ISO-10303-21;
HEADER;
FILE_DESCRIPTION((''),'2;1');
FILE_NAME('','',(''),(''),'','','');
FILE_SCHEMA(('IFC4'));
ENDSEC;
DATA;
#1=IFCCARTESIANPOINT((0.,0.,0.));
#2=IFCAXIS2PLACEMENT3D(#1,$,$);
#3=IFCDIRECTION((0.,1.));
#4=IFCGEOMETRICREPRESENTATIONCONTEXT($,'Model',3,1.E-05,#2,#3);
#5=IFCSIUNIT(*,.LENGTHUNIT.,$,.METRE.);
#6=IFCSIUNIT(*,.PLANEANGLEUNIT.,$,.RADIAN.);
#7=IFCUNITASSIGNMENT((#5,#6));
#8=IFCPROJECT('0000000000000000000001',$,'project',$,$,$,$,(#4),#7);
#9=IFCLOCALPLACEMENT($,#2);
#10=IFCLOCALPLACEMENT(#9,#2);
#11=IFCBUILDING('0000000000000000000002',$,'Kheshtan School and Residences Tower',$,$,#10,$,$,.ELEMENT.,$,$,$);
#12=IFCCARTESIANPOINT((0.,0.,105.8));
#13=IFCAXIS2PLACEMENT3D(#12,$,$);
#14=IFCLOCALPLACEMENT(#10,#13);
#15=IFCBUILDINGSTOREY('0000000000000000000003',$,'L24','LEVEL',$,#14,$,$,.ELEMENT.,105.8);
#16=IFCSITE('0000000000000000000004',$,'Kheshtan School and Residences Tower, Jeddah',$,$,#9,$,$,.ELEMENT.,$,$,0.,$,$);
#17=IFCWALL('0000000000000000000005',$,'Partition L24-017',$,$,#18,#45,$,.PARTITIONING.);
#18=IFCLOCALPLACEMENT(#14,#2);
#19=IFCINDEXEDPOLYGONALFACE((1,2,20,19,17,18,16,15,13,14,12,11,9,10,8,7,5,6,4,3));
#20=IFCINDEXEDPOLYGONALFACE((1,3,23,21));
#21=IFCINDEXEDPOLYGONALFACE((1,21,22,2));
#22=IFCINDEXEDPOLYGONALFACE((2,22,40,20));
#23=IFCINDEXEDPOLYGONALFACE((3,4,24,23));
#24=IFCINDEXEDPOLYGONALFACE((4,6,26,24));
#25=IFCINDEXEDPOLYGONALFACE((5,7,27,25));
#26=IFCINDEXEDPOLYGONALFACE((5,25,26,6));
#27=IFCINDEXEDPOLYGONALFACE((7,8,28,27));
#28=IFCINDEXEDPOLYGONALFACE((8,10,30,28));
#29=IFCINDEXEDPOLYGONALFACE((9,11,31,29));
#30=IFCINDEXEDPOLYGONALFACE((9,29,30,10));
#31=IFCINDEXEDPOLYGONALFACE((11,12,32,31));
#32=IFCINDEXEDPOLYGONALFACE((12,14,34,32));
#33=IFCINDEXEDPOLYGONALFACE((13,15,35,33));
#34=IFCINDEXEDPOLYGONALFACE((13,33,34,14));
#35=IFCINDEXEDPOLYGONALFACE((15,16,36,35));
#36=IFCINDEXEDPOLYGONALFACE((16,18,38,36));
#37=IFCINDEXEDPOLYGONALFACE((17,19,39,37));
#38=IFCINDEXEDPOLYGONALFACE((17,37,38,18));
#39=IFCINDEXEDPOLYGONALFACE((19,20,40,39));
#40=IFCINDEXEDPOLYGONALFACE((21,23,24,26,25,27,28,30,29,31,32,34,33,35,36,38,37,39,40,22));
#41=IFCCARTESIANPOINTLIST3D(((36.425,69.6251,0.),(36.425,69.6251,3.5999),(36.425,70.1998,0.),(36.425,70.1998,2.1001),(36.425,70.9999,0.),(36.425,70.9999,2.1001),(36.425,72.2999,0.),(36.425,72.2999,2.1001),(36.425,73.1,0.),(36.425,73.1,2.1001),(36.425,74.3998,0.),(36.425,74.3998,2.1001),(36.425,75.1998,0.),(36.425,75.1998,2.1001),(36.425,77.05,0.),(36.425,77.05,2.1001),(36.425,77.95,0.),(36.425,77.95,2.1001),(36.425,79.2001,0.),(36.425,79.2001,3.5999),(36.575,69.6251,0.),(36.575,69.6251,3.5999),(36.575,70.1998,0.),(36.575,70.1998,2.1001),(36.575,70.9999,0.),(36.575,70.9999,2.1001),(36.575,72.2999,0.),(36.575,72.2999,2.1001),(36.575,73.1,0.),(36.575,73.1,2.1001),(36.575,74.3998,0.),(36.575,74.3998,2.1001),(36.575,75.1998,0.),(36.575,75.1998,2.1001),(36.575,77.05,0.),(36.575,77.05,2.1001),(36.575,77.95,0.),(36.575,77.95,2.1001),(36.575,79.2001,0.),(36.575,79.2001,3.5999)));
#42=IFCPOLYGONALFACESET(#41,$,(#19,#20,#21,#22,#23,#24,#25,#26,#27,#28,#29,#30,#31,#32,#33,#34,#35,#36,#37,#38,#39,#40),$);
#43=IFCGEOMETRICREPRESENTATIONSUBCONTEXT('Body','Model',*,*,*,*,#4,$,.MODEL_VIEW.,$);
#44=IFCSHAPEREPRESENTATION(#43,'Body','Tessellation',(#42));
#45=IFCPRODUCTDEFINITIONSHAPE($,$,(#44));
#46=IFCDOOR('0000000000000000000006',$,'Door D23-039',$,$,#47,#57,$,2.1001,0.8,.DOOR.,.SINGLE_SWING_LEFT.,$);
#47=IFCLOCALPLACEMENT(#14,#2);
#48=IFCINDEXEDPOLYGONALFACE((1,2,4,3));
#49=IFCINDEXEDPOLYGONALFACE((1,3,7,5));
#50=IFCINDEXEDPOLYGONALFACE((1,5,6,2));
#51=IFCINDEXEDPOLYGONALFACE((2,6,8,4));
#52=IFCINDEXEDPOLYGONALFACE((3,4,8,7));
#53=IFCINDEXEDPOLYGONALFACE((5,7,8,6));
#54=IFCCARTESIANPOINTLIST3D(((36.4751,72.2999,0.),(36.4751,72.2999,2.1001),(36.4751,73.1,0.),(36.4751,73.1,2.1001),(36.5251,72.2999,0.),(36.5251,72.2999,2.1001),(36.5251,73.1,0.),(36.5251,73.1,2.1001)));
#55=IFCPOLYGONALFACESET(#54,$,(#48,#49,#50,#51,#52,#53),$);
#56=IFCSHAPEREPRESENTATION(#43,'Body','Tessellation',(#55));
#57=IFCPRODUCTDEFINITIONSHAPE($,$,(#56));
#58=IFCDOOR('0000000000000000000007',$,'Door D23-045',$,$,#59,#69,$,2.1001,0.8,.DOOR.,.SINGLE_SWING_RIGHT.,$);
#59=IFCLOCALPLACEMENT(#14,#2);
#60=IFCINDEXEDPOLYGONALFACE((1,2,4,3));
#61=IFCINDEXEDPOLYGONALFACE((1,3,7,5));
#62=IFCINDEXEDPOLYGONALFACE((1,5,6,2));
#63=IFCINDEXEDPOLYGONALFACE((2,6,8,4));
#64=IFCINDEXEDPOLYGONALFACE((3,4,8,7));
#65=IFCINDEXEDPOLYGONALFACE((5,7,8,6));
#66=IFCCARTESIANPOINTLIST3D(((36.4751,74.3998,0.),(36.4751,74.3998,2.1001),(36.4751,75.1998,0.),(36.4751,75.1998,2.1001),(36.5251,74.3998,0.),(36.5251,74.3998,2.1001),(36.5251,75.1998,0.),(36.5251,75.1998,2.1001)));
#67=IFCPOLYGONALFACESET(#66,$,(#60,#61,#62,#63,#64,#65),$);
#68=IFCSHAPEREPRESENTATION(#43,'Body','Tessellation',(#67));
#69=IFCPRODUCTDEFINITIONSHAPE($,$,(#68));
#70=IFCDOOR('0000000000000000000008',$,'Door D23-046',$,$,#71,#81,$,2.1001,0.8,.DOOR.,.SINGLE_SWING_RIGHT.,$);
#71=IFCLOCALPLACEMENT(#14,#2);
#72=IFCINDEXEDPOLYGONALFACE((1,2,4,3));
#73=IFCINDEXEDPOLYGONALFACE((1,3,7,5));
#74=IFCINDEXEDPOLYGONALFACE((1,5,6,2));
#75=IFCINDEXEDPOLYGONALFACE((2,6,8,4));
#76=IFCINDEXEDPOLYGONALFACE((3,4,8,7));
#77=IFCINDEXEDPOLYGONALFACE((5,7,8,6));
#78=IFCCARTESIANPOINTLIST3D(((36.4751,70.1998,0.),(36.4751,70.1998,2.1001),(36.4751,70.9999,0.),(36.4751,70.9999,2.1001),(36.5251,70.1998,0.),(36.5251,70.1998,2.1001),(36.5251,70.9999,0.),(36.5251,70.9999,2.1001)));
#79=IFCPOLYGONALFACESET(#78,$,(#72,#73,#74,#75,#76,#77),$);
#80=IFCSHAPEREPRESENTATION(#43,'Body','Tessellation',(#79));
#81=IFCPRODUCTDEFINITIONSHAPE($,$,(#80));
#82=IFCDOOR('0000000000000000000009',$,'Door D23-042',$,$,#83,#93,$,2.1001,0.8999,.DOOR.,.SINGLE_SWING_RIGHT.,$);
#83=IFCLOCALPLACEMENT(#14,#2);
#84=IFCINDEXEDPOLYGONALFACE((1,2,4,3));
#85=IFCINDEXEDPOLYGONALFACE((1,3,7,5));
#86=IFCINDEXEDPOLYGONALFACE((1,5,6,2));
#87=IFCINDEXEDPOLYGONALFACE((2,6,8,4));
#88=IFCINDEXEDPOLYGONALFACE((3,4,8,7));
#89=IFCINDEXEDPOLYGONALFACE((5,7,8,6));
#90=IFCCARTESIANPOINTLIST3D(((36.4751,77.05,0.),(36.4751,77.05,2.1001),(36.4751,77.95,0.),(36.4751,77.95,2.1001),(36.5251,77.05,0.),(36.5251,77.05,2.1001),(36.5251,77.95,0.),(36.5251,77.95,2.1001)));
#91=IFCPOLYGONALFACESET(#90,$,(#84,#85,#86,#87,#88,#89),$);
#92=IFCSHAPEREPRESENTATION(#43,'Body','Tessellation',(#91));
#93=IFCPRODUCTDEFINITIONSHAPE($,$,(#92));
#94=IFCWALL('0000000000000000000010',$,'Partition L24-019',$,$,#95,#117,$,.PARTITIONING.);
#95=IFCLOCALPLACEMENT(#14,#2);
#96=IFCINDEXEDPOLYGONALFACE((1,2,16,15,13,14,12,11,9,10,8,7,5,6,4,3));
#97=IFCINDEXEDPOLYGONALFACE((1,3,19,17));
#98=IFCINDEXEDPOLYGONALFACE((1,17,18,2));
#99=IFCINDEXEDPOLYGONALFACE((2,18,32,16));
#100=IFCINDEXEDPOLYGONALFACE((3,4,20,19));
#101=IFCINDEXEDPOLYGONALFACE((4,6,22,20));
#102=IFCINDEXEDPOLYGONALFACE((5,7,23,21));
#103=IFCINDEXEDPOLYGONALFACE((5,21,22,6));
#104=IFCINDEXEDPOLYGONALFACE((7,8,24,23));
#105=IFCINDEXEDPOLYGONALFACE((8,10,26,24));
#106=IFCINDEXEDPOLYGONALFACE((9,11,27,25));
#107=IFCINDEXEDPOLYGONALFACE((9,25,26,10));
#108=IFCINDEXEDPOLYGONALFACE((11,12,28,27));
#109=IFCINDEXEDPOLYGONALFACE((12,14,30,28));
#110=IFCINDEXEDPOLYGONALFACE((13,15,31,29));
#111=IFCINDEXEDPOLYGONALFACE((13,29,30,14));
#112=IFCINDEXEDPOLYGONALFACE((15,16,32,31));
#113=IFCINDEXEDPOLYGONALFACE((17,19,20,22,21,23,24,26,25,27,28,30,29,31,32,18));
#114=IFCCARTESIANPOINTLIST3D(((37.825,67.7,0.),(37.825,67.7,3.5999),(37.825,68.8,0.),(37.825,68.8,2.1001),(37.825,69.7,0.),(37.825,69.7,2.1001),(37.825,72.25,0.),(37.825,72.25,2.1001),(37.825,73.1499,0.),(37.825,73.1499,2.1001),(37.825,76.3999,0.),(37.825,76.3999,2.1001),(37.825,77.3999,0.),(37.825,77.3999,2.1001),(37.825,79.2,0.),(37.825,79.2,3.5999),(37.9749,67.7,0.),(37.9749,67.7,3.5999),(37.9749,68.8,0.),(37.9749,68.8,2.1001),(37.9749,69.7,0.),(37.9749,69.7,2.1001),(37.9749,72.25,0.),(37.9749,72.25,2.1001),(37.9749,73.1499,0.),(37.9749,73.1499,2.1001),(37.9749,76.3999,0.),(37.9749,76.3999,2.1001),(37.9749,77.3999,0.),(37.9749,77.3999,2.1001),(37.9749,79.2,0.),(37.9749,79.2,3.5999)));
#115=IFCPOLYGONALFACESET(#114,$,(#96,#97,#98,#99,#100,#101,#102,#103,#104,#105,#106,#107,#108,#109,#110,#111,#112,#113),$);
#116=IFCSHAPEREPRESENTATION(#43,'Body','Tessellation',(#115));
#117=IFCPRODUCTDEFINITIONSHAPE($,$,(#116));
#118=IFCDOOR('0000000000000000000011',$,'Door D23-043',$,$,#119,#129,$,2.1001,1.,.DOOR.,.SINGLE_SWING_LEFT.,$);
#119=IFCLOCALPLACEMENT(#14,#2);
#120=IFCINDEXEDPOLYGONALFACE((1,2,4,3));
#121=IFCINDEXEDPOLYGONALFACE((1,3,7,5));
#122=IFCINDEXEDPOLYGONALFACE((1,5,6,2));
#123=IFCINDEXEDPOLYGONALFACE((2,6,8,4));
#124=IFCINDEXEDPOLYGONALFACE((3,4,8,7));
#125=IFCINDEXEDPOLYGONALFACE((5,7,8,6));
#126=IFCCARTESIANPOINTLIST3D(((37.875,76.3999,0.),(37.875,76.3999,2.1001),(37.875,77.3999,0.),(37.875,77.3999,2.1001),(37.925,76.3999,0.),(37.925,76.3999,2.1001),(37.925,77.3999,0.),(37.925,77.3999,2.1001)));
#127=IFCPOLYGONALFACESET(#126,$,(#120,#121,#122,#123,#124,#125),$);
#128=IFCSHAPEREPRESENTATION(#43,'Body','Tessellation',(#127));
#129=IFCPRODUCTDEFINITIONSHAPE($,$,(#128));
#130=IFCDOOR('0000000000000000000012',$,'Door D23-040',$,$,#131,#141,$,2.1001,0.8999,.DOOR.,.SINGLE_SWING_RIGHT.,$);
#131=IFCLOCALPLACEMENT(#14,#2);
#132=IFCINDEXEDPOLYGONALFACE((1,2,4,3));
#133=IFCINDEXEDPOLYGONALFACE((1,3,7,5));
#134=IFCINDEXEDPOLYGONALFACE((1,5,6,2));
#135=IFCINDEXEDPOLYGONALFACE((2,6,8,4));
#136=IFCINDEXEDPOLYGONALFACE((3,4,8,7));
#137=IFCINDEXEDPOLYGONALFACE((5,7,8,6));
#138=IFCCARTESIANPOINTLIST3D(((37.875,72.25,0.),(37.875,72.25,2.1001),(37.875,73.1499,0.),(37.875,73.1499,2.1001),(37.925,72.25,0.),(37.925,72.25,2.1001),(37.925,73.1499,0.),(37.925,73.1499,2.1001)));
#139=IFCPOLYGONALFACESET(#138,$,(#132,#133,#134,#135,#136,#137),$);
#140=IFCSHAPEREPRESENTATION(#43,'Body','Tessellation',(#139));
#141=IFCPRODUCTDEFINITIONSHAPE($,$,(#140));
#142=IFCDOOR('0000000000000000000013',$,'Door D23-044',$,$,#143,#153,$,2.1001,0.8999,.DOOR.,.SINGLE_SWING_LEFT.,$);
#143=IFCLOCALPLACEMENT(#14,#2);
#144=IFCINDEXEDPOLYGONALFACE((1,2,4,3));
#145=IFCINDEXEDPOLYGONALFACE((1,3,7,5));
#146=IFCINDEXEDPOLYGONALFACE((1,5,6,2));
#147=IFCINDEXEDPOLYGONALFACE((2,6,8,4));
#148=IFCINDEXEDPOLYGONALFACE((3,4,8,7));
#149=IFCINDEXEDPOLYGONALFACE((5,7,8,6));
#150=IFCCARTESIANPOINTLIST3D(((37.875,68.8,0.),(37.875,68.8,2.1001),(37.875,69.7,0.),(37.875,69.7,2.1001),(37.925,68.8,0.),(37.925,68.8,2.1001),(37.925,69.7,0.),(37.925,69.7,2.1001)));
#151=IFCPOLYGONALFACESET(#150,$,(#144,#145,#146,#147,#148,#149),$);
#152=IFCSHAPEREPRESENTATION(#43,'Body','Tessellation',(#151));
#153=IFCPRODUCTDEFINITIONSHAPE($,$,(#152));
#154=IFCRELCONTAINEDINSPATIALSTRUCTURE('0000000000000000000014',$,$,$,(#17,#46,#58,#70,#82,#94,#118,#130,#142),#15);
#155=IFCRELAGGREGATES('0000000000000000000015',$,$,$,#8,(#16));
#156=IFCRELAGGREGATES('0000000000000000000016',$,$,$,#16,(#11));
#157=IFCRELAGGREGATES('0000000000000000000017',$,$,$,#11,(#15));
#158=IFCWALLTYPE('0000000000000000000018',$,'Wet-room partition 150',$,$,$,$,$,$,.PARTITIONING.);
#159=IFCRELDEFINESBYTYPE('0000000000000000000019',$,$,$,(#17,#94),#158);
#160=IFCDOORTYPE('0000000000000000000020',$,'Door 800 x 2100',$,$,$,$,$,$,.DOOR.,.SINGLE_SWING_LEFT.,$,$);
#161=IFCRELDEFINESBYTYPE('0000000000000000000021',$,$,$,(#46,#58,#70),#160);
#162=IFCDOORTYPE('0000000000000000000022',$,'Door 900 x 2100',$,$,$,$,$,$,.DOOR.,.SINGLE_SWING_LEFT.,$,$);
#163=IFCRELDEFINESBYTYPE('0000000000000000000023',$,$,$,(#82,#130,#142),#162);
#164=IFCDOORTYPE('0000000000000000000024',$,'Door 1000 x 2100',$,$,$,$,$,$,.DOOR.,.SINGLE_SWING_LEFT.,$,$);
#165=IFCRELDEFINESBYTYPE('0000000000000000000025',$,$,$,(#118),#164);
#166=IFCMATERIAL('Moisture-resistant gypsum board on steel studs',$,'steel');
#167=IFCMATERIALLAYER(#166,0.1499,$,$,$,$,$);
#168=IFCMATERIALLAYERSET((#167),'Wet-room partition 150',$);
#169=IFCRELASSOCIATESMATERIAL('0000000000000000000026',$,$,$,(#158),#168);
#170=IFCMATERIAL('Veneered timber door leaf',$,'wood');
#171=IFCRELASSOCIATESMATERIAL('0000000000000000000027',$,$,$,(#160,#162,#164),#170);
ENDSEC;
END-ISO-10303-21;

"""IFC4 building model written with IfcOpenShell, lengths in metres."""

from ifc_helpers import new_model, si_unit, direction, frame, frame_2d, origin, place, context, subcontext, project, spatial, rectangle, extrude, source, transform, mapped, material, layer, layer_set, type_object, element, fill, save


model = new_model("IFC4")

# Units and contexts
model_context = context("Model", 3, precision=1e-05, world=origin(), true_north=direction((0.0, 1.0)))
body_context = subcontext(model_context, "Body", "Model", "MODEL_VIEW")
ifc_project = project(units=[si_unit("LENGTHUNIT", "METRE"), si_unit("PLANEANGLEUNIT", "RADIAN")], contexts=[model_context])

# Site, building, storey
site_placement = place(None, origin())
site = spatial("IfcSite", under=ifc_project, at=site_placement, Name="Kheshtan School and Residences Tower, Jeddah", CompositionType="ELEMENT", RefElevation=0.0)
building_placement = place(site_placement, origin())
building = spatial("IfcBuilding", under=site, at=building_placement, Name="Kheshtan School and Residences Tower", CompositionType="ELEMENT")
storey_placement = place(building_placement, frame((0.0, 0.0, 105.8)))
storey = spatial("IfcBuildingStorey", under=building, at=storey_placement, Name="L24", Description="LEVEL", CompositionType="ELEMENT", Elevation=105.8)

# Shared definitions
ifc_material_1 = material(Name="Moisture-resistant gypsum board on steel studs", Category="steel")
ifc_layer_1 = layer(ifc_material_1, 0.1499)
ifc_layer_set_1 = layer_set([ifc_layer_1], Name="Wet-room partition 150")
wall_type_1 = type_object("IfcWallType", Name="Wet-room partition 150", PredefinedType="PARTITIONING", material=ifc_layer_set_1)

# Walls, openings, doors
wall_1_placement = place(storey_placement, frame((36.5, 69.625, 0.0), z_axis=(0.0, 0.0, 1.0), x_axis=(0.0, 1.0, 0.0)))
wall_1 = element("IfcWall", 1, at=wall_1_placement, inside=storey, type_object=wall_type_1, Name="Partition L24-017", PredefinedType="PARTITIONING", context=body_context, shape_type="SweptSolid", body=[
    extrude(rectangle(XDim=9.575, YDim=0.1499, at=frame_2d((4.7876, 0.0))), origin(), (0.0, 0.0, 1.0), 3.5999),
])
opening_1_placement = place(wall_1_placement, frame((2.675, 0.0, 0.0)))
opening_1 = element("IfcOpeningElement", 2, at=opening_1_placement, cuts=wall_1, PredefinedType="OPENING", context=body_context, shape_type="SweptSolid", body=[
    extrude(rectangle(XDim=0.8, YDim=2.1001, at=frame_2d((0.3999, 1.05))), frame((0.0, 0.085, 0.0), z_axis=(0.0, -1.0, 0.0), x_axis=(1.0, 0.0, 0.0)), (0.0, 0.0, 1.0), 0.1699),
])
opening_2_placement = place(wall_1_placement, frame((7.425, 0.0, 0.0)))
opening_2 = element("IfcOpeningElement", 3, at=opening_2_placement, cuts=wall_1, PredefinedType="OPENING", context=body_context, shape_type="SweptSolid", body=[
    extrude(rectangle(XDim=0.8999, YDim=2.1001, at=frame_2d((0.45, 1.05))), frame((0.0, 0.085, 0.0), z_axis=(0.0, -1.0, 0.0), x_axis=(1.0, 0.0, 0.0)), (0.0, 0.0, 1.0), 0.1699),
])
opening_3_placement = place(wall_1_placement, frame((4.7749, 0.0, 0.0)))
opening_3 = element("IfcOpeningElement", 4, at=opening_3_placement, cuts=wall_1, PredefinedType="OPENING", context=body_context, shape_type="SweptSolid", body=[
    extrude(rectangle(XDim=0.8, YDim=2.1001, at=frame_2d((0.3999, 1.05))), frame((0.0, 0.085, 0.0), z_axis=(0.0, -1.0, 0.0), x_axis=(1.0, 0.0, 0.0)), (0.0, 0.0, 1.0), 0.1699),
])
opening_4_placement = place(wall_1_placement, frame((0.575, 0.0, 0.0)))
opening_4 = element("IfcOpeningElement", 5, at=opening_4_placement, cuts=wall_1, PredefinedType="OPENING", context=body_context, shape_type="SweptSolid", body=[
    extrude(rectangle(XDim=0.8, YDim=2.1001, at=frame_2d((0.3999, 1.05))), frame((0.0, 0.085, 0.0), z_axis=(0.0, -1.0, 0.0), x_axis=(1.0, 0.0, 0.0)), (0.0, 0.0, 1.0), 0.1699),
])
ifc_material_2 = material(Name="Veneered timber door leaf", Category="wood")
door_type_1 = type_object("IfcDoorType", Name="Door 800 x 2100", OperationType="SINGLE_SWING_LEFT", PredefinedType="DOOR", material=ifc_material_2)
shared_shape_1 = source(origin(), body_context, "Body", "SweptSolid", [
    extrude(rectangle(XDim=0.8, YDim=2.1001, at=frame_2d((0.3999, 1.05))), frame((0.0, 0.0249, 0.0), z_axis=(0.0, -1.0, 0.0), x_axis=(1.0, 0.0, 0.0)), (0.0, 0.0, 1.0), 0.05),
])
door_1_placement = place(opening_1_placement, origin())
door_1 = element("IfcDoor", 6, at=door_1_placement, inside=storey, type_object=door_type_1, Name="Door D23-039", OperationType="SINGLE_SWING_LEFT", OverallHeight=2.1001, OverallWidth=0.8, PredefinedType="DOOR", context=body_context, shape_type="MappedRepresentation", body=[
    mapped(shared_shape_1, transform((0.0, 0.0, 0.0), x_axis=(1.0, 0.0, 0.0), y_axis=(0.0, 1.0, 0.0), z_axis=(0.0, 0.0, 1.0), scale=1.0)),
])
fill(opening_1, door_1)
door_2_placement = place(opening_3_placement, origin())
door_2 = element("IfcDoor", 7, at=door_2_placement, inside=storey, type_object=door_type_1, Name="Door D23-045", OperationType="SINGLE_SWING_RIGHT", OverallHeight=2.1001, OverallWidth=0.8, PredefinedType="DOOR", context=body_context, shape_type="MappedRepresentation", body=[
    mapped(shared_shape_1, transform((0.0, 0.0, 0.0), x_axis=(1.0, 0.0, 0.0), y_axis=(0.0, 1.0, 0.0), z_axis=(0.0, 0.0, 1.0), scale=1.0)),
])
fill(opening_3, door_2)
door_3_placement = place(opening_4_placement, origin())
door_3 = element("IfcDoor", 8, at=door_3_placement, inside=storey, type_object=door_type_1, Name="Door D23-046", OperationType="SINGLE_SWING_RIGHT", OverallHeight=2.1001, OverallWidth=0.8, PredefinedType="DOOR", context=body_context, shape_type="MappedRepresentation", body=[
    mapped(shared_shape_1, transform((0.0, 0.0, 0.0), x_axis=(1.0, 0.0, 0.0), y_axis=(0.0, 1.0, 0.0), z_axis=(0.0, 0.0, 1.0), scale=1.0)),
])
fill(opening_4, door_3)
door_type_2 = type_object("IfcDoorType", Name="Door 900 x 2100", OperationType="SINGLE_SWING_LEFT", PredefinedType="DOOR", material=ifc_material_2)
shared_shape_2 = source(origin(), body_context, "Body", "SweptSolid", [
    extrude(rectangle(XDim=0.8999, YDim=2.1001, at=frame_2d((0.45, 1.05))), frame((0.0, 0.0249, 0.0), z_axis=(0.0, -1.0, 0.0), x_axis=(1.0, 0.0, 0.0)), (0.0, 0.0, 1.0), 0.05),
])
door_4_placement = place(opening_2_placement, origin())
door_4 = element("IfcDoor", 9, at=door_4_placement, inside=storey, type_object=door_type_2, Name="Door D23-042", OperationType="SINGLE_SWING_RIGHT", OverallHeight=2.1001, OverallWidth=0.8999, PredefinedType="DOOR", context=body_context, shape_type="MappedRepresentation", body=[
    mapped(shared_shape_2, transform((0.0, 0.0, 0.0), x_axis=(1.0, 0.0, 0.0), y_axis=(0.0, 1.0, 0.0), z_axis=(0.0, 0.0, 1.0), scale=1.0)),
])
fill(opening_2, door_4)
wall_2_placement = place(storey_placement, frame((37.8999, 67.7, 0.0), z_axis=(0.0, 0.0, 1.0), x_axis=(0.0, 1.0, 0.0)))
wall_2 = element("IfcWall", 10, at=wall_2_placement, inside=storey, type_object=wall_type_1, Name="Partition L24-019", PredefinedType="PARTITIONING", context=body_context, shape_type="SweptSolid", body=[
    extrude(rectangle(XDim=11.5, YDim=0.1499, at=frame_2d((5.75, 0.0))), origin(), (0.0, 0.0, 1.0), 3.5999),
])
opening_5_placement = place(wall_2_placement, frame((4.55, 0.0, 0.0)))
opening_5 = element("IfcOpeningElement", 11, at=opening_5_placement, cuts=wall_2, PredefinedType="OPENING", context=body_context, shape_type="SweptSolid", body=[
    extrude(rectangle(XDim=0.8999, YDim=2.1001, at=frame_2d((0.45, 1.05))), frame((0.0, 0.085, 0.0), z_axis=(0.0, -1.0, 0.0), x_axis=(1.0, 0.0, 0.0)), (0.0, 0.0, 1.0), 0.1699),
])
opening_6_placement = place(wall_2_placement, frame((8.7, 0.0, 0.0)))
opening_6 = element("IfcOpeningElement", 12, at=opening_6_placement, cuts=wall_2, PredefinedType="OPENING", context=body_context, shape_type="SweptSolid", body=[
    extrude(rectangle(XDim=1.0, YDim=2.1001, at=frame_2d((0.5, 1.05))), frame((0.0, 0.085, 0.0), z_axis=(0.0, -1.0, 0.0), x_axis=(1.0, 0.0, 0.0)), (0.0, 0.0, 1.0), 0.1699),
])
opening_7_placement = place(wall_2_placement, frame((1.1001, 0.0, 0.0)))
opening_7 = element("IfcOpeningElement", 13, at=opening_7_placement, cuts=wall_2, PredefinedType="OPENING", context=body_context, shape_type="SweptSolid", body=[
    extrude(rectangle(XDim=0.8999, YDim=2.1001, at=frame_2d((0.45, 1.05))), frame((0.0, 0.085, 0.0), z_axis=(0.0, -1.0, 0.0), x_axis=(1.0, 0.0, 0.0)), (0.0, 0.0, 1.0), 0.1699),
])
door_type_3 = type_object("IfcDoorType", Name="Door 1000 x 2100", OperationType="SINGLE_SWING_LEFT", PredefinedType="DOOR", material=ifc_material_2)
shared_shape_3 = source(origin(), body_context, "Body", "SweptSolid", [
    extrude(rectangle(XDim=1.0, YDim=2.1001, at=frame_2d((0.5, 1.05))), frame((0.0, 0.0249, 0.0), z_axis=(0.0, -1.0, 0.0), x_axis=(1.0, 0.0, 0.0)), (0.0, 0.0, 1.0), 0.05),
])
door_5_placement = place(opening_6_placement, origin())
door_5 = element("IfcDoor", 14, at=door_5_placement, inside=storey, type_object=door_type_3, Name="Door D23-043", OperationType="SINGLE_SWING_LEFT", OverallHeight=2.1001, OverallWidth=1.0, PredefinedType="DOOR", context=body_context, shape_type="MappedRepresentation", body=[
    mapped(shared_shape_3, transform((0.0, 0.0, 0.0), x_axis=(1.0, 0.0, 0.0), y_axis=(0.0, 1.0, 0.0), z_axis=(0.0, 0.0, 1.0), scale=1.0)),
])
fill(opening_6, door_5)
door_6_placement = place(opening_5_placement, origin())
door_6 = element("IfcDoor", 15, at=door_6_placement, inside=storey, type_object=door_type_2, Name="Door D23-040", OperationType="SINGLE_SWING_RIGHT", OverallHeight=2.1001, OverallWidth=0.8999, PredefinedType="DOOR", context=body_context, shape_type="MappedRepresentation", body=[
    mapped(shared_shape_2, transform((0.0, 0.0, 0.0), x_axis=(1.0, 0.0, 0.0), y_axis=(0.0, 1.0, 0.0), z_axis=(0.0, 0.0, 1.0), scale=1.0)),
])
fill(opening_5, door_6)
door_7_placement = place(opening_7_placement, origin())
door_7 = element("IfcDoor", 16, at=door_7_placement, inside=storey, type_object=door_type_2, Name="Door D23-044", OperationType="SINGLE_SWING_LEFT", OverallHeight=2.1001, OverallWidth=0.8999, PredefinedType="DOOR", context=body_context, shape_type="MappedRepresentation", body=[
    mapped(shared_shape_2, transform((0.0, 0.0, 0.0), x_axis=(1.0, 0.0, 0.0), y_axis=(0.0, 1.0, 0.0), z_axis=(0.0, 0.0, 1.0), scale=1.0)),
])
fill(opening_7, door_7)

save(model, "model.ifc")
